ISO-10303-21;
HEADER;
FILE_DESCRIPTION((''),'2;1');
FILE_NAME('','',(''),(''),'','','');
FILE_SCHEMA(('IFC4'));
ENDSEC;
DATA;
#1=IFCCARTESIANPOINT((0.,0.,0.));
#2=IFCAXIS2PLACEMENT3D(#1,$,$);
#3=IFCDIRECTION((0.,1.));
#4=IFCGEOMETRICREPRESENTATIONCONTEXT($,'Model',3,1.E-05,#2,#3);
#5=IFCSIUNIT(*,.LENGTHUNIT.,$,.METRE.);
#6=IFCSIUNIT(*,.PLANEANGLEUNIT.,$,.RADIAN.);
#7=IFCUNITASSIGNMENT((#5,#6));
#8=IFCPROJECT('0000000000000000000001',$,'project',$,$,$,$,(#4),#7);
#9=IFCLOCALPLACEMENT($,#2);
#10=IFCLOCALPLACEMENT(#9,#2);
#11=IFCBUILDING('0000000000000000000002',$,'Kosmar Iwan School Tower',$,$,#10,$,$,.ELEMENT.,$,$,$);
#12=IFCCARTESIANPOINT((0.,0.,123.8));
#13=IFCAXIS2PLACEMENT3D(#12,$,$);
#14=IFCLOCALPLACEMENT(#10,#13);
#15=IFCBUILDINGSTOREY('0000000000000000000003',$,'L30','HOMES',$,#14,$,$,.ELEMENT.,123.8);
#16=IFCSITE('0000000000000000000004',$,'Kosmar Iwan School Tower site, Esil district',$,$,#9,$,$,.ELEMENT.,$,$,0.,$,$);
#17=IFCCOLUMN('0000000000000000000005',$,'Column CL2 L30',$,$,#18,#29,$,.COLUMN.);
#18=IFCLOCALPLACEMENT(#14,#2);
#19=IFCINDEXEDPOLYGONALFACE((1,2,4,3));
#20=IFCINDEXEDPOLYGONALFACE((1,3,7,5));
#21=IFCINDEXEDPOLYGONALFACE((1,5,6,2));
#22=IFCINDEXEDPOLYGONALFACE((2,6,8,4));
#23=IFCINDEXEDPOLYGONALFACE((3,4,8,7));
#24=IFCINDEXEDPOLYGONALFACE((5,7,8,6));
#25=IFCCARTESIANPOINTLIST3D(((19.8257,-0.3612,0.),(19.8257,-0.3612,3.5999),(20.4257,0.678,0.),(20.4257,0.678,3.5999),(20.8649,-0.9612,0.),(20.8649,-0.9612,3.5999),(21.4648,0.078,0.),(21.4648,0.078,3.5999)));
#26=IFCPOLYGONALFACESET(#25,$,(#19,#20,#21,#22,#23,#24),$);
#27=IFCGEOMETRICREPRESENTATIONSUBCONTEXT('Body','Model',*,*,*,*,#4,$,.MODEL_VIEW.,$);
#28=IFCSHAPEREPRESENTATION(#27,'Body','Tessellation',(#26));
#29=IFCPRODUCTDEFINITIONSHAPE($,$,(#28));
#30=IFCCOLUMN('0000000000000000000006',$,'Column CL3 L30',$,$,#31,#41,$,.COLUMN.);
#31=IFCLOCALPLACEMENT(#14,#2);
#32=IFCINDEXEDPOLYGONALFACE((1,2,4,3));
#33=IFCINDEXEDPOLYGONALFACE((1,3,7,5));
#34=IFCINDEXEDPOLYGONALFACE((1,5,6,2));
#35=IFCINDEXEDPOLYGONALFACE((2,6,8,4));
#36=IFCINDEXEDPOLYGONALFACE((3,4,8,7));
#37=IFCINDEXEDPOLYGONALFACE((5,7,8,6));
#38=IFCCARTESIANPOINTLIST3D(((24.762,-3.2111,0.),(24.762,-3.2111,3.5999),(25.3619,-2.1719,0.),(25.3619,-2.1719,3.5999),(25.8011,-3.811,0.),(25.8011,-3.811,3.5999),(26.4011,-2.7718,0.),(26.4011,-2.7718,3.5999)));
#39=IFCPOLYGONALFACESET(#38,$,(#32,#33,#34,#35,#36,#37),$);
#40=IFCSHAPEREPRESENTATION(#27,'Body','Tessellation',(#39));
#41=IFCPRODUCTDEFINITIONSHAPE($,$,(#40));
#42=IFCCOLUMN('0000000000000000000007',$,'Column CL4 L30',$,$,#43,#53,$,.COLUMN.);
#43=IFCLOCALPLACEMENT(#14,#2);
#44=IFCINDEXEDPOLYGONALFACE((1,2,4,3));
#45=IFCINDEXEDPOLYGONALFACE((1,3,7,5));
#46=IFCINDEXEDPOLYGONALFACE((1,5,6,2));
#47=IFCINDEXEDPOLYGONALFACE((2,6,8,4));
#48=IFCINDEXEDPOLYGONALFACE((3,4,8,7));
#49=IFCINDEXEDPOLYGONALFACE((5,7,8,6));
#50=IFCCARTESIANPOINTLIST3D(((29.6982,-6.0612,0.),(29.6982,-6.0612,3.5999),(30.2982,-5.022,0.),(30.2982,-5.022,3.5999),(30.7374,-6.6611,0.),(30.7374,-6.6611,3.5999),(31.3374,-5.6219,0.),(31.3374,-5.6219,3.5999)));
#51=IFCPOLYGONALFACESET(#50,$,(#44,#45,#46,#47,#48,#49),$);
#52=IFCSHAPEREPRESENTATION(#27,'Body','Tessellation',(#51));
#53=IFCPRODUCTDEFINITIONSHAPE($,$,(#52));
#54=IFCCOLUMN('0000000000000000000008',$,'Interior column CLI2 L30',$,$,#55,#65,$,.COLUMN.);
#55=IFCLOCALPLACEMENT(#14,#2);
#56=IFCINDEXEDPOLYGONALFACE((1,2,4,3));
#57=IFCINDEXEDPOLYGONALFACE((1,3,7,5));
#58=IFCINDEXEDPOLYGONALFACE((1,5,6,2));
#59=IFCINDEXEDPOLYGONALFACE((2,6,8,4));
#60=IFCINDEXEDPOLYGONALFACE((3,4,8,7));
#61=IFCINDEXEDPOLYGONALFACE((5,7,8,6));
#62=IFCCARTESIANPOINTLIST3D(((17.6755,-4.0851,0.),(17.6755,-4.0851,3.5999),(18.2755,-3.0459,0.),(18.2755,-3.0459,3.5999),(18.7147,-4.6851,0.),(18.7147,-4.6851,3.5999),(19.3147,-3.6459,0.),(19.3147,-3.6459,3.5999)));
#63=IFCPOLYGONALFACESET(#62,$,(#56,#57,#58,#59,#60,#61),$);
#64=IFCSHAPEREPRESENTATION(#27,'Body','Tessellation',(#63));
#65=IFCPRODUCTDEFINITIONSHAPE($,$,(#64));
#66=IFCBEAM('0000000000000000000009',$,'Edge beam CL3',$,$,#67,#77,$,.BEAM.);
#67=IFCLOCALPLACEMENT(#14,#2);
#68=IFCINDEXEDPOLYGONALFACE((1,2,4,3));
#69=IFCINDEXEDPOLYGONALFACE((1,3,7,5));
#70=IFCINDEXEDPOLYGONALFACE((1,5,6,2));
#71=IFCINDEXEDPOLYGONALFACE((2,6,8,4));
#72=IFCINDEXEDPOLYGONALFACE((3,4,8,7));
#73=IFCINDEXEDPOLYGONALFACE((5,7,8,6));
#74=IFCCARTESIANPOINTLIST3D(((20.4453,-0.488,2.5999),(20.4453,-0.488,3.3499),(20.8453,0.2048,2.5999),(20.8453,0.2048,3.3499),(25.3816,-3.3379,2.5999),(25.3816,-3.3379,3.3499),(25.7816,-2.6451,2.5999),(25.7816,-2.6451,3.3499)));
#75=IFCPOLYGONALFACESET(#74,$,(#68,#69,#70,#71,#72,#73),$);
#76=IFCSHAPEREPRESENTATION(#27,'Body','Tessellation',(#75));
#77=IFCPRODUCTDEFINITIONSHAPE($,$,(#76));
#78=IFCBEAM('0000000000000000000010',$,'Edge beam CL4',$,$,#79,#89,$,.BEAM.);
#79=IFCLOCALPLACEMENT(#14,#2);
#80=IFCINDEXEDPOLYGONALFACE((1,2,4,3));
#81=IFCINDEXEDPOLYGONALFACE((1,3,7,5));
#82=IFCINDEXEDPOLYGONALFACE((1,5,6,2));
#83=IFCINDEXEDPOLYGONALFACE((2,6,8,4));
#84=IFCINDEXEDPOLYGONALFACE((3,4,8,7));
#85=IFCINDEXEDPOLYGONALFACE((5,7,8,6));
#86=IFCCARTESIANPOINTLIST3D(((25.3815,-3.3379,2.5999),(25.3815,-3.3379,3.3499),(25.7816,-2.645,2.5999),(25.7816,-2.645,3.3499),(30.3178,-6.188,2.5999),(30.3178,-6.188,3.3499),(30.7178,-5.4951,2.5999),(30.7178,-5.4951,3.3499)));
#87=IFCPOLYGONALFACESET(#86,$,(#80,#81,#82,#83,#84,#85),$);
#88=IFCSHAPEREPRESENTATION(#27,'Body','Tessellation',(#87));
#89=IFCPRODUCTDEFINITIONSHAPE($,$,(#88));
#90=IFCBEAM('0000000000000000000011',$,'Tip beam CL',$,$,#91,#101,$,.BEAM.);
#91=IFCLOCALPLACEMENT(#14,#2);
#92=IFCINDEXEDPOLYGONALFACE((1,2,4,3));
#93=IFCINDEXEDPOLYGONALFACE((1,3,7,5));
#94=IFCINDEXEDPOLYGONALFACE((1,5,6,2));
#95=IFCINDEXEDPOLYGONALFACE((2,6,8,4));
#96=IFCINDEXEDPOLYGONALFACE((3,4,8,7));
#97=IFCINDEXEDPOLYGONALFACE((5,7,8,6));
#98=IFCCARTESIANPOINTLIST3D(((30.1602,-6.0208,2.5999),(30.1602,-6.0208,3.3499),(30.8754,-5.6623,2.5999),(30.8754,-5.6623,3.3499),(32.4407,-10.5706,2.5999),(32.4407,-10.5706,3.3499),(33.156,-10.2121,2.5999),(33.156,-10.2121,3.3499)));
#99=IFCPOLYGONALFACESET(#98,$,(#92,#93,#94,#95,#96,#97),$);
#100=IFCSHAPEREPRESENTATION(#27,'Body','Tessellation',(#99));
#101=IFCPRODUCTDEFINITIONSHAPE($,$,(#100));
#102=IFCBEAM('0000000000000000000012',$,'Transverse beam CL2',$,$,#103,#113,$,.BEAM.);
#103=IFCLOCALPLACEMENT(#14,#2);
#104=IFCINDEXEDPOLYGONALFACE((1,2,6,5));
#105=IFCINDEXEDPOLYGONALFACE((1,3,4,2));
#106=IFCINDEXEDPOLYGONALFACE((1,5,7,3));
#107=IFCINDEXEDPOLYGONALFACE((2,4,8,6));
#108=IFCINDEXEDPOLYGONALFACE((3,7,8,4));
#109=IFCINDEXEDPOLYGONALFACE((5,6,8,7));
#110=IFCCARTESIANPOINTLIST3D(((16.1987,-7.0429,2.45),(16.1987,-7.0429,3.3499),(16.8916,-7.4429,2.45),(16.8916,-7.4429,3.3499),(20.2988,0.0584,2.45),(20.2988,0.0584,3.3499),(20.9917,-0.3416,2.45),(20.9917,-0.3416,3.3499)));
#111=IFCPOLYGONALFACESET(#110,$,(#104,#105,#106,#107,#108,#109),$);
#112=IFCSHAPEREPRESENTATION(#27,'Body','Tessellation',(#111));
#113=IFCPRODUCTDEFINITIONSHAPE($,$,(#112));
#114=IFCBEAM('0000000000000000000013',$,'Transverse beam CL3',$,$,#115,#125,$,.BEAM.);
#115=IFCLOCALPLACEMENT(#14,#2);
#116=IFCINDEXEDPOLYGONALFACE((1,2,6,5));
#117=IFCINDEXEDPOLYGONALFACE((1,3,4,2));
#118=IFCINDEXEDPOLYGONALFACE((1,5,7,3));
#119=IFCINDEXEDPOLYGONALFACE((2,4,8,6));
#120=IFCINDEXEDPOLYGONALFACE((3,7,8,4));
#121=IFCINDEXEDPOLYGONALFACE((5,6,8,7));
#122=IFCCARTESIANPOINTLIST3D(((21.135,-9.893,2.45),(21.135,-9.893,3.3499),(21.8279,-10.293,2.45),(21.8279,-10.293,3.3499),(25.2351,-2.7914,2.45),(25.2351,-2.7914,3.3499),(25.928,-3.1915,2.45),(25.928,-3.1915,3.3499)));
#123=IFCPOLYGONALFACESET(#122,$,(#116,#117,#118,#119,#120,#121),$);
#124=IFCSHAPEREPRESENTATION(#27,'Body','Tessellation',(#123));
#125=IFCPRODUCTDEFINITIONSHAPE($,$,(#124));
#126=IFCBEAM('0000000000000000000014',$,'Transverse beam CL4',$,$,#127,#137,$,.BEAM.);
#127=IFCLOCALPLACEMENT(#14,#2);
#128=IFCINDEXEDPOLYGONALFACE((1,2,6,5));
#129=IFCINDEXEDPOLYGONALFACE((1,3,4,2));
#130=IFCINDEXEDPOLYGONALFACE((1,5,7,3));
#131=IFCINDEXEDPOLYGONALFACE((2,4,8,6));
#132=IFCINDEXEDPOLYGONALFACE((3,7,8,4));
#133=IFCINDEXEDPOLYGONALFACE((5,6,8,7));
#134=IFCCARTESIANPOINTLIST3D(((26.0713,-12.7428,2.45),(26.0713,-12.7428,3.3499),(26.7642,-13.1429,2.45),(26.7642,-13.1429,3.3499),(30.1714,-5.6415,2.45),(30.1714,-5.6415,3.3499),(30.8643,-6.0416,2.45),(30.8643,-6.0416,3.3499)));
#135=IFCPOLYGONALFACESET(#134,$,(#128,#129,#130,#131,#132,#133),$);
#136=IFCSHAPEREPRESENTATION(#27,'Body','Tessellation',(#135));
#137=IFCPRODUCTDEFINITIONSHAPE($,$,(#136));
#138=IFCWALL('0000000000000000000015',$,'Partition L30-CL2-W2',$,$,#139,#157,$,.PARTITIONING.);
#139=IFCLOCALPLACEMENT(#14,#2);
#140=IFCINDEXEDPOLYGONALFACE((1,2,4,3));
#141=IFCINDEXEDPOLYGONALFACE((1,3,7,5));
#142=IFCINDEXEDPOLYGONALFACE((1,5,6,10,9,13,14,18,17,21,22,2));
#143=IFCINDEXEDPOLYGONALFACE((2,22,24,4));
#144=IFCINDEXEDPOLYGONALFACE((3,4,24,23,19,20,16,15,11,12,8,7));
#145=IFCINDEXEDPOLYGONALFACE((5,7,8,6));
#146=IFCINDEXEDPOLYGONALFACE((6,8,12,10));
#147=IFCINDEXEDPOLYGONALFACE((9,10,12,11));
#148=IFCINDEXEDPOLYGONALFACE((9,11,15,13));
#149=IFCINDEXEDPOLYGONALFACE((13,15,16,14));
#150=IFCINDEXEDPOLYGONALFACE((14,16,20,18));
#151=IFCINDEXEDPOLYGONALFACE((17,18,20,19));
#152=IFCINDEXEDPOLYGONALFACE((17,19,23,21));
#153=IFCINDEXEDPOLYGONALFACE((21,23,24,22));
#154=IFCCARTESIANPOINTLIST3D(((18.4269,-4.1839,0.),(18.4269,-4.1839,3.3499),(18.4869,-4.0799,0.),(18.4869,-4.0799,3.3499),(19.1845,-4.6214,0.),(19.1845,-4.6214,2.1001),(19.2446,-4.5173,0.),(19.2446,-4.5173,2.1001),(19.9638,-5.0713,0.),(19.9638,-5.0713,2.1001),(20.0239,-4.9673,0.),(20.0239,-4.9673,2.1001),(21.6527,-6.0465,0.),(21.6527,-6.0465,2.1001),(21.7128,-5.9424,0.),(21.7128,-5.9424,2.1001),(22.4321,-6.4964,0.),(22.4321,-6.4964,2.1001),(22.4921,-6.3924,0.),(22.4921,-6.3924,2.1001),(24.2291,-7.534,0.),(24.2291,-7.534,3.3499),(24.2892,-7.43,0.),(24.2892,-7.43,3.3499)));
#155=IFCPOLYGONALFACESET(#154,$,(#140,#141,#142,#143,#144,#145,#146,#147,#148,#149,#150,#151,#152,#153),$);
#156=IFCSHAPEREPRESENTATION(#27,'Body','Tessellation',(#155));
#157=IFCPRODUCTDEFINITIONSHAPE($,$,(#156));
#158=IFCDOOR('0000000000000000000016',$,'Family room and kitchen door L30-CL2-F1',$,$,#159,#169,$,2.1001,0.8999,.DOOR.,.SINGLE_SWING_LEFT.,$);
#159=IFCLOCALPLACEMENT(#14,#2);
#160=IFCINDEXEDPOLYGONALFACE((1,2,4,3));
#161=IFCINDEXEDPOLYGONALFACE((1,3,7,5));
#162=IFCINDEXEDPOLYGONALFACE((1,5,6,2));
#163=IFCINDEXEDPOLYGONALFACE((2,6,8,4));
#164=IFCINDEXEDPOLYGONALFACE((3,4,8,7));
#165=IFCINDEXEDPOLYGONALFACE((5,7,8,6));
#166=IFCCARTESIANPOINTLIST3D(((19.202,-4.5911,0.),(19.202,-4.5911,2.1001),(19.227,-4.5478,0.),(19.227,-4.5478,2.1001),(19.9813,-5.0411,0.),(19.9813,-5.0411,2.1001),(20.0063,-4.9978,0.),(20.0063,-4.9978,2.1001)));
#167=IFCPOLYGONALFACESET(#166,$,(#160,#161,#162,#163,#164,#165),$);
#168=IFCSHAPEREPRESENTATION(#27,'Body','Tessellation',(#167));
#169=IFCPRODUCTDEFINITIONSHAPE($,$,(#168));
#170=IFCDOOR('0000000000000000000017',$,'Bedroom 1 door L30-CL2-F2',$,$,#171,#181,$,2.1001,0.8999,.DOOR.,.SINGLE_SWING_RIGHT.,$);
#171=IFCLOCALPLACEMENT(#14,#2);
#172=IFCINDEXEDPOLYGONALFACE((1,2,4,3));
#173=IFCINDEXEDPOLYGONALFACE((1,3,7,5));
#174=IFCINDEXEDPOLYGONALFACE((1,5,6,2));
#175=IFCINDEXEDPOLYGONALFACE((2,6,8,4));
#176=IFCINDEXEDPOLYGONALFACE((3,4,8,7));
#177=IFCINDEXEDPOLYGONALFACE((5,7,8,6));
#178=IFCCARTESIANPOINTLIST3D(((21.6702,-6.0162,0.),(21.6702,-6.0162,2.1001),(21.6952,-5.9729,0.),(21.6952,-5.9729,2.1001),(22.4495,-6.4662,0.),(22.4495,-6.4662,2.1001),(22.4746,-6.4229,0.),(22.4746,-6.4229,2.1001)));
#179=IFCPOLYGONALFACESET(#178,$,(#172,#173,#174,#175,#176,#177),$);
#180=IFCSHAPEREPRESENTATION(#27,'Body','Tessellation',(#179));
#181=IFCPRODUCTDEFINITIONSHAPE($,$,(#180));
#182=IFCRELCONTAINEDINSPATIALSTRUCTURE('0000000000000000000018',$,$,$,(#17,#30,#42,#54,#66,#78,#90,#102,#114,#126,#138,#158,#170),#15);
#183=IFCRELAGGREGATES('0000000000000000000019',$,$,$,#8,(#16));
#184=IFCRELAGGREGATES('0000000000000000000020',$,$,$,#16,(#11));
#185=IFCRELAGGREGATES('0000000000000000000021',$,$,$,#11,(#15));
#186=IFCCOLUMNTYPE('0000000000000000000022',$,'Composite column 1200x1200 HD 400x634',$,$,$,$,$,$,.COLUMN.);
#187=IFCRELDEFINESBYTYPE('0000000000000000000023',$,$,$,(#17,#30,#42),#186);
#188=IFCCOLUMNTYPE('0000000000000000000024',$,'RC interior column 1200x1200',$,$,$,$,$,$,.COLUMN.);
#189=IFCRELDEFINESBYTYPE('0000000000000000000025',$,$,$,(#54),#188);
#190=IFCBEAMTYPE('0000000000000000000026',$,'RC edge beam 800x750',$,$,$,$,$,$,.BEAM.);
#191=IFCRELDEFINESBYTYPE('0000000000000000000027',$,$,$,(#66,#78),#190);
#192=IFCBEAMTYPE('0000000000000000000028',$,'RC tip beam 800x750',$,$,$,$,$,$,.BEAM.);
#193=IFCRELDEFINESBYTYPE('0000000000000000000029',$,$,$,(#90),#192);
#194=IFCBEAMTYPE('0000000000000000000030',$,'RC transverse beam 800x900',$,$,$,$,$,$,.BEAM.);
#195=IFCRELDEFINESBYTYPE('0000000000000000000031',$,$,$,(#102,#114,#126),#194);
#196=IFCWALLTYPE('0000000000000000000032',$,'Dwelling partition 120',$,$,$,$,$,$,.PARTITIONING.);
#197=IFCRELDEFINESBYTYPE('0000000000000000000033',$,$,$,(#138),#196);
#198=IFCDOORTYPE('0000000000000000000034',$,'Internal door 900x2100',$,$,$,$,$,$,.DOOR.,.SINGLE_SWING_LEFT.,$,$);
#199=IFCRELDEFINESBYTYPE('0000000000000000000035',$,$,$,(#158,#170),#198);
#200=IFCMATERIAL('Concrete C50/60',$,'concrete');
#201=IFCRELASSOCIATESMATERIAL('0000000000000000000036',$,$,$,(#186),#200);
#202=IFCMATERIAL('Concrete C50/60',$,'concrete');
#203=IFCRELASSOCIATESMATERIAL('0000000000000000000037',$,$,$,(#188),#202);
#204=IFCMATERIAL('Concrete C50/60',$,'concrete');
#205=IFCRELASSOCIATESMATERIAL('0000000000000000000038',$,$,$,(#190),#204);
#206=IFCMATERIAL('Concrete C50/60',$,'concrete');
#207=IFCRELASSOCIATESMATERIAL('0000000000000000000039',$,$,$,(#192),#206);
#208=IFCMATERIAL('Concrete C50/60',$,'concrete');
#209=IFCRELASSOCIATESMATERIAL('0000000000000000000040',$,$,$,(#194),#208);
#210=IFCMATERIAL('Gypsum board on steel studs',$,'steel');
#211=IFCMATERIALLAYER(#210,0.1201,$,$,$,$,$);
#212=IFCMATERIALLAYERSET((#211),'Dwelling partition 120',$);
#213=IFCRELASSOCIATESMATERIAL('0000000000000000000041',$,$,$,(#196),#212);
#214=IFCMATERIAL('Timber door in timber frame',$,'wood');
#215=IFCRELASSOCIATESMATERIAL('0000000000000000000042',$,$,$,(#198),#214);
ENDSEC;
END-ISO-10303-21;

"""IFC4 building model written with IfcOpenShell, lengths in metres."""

from ifc_helpers import new_model, si_unit, direction, frame, frame_2d, origin, origin_2d, place, context, subcontext, project, spatial, rectangle, extrude, material, layer, layer_set, material_profile, profile_set, type_object, element, fill, save


model = new_model("IFC4")

# Units and contexts
model_context = context("Model", 3, precision=1e-05, world=origin(), true_north=direction((0.0, 1.0)))
body_context = subcontext(model_context, "Body", "Model", "MODEL_VIEW")
ifc_project = project(units=[si_unit("LENGTHUNIT", "METRE"), si_unit("PLANEANGLEUNIT", "RADIAN")], contexts=[model_context])

# Site, building, storey
site_placement = place(None, origin())
site = spatial("IfcSite", under=ifc_project, at=site_placement, Name="Kosmar Iwan School Tower site, Esil district", CompositionType="ELEMENT", RefElevation=0.0)
building_placement = place(site_placement, origin())
building = spatial("IfcBuilding", under=site, at=building_placement, Name="Kosmar Iwan School Tower", CompositionType="ELEMENT")
storey_placement = place(building_placement, frame((0.0, 0.0, 123.8)))
storey = spatial("IfcBuildingStorey", under=building, at=storey_placement, Name="L30", Description="HOMES", CompositionType="ELEMENT", Elevation=123.8)

# Columns
ifc_material_1 = material(Name="Concrete C50/60", Category="concrete")
ifc_material_profile_1 = material_profile(ifc_material_1, rectangle(XDim=1.2, YDim=1.2, at=origin_2d()), Name="RC 1200x1200 + HD 400x634")
ifc_profile_set_1 = profile_set([ifc_material_profile_1], Name="Concrete C50/60")
column_type_1 = type_object("IfcColumnType", Name="Composite column 1200x1200 HD 400x634", PredefinedType="COLUMN", material=ifc_profile_set_1)
for number, where, z_axis, x_axis, name in (
    (1, (20.6453, -0.1416, 0.0), (0.0, 0.0, 1.0), (0.866025, -0.5, 0.0), "Column CL2 L30"),
    (2, (25.5815, -2.9915, 0.0), (0.0, 0.0, 1.0), (0.866025, -0.5, 0.0), "Column CL3 L30"),
    (3, (30.5178, -5.8416, 0.0), (0.0, 0.0, 1.0), (0.866025, -0.5, 0.0), "Column CL4 L30"),
):
    element("IfcColumn", number, at=place(storey_placement, frame(where, z_axis=z_axis, x_axis=x_axis)), inside=storey, type_object=column_type_1, Name=name, PredefinedType="COLUMN", context=body_context, shape_type="SweptSolid", body=[
        extrude(rectangle(XDim=1.2, YDim=1.2, at=origin_2d()), origin(), (0.0, 0.0, 1.0), 3.5999),
    ])
ifc_material_2 = material(Name="Concrete C50/60", Category="concrete")
ifc_material_profile_2 = material_profile(ifc_material_2, rectangle(XDim=1.2, YDim=1.2, at=origin_2d()), Name="RC 1200x1200")
ifc_profile_set_2 = profile_set([ifc_material_profile_2], Name="Concrete C50/60")
column_type_2 = type_object("IfcColumnType", Name="RC interior column 1200x1200", PredefinedType="COLUMN", material=ifc_profile_set_2)
column_placement = place(storey_placement, frame((18.4951, -3.8655, 0.0), z_axis=(0.0, 0.0, 1.0), x_axis=(0.866025, -0.5, 0.0)))
element("IfcColumn", 4, at=column_placement, inside=storey, type_object=column_type_2, Name="Interior column CLI2 L30", PredefinedType="COLUMN", context=body_context, shape_type="SweptSolid", body=[
    extrude(rectangle(XDim=1.2, YDim=1.2, at=origin_2d()), origin(), (0.0, 0.0, 1.0), 3.5999),
])

# Beams
ifc_material_3 = material(Name="Concrete C50/60", Category="concrete")
ifc_material_profile_3 = material_profile(ifc_material_3, rectangle(XDim=0.8, YDim=0.75, at=origin_2d()), Name="RC 800x750")
ifc_profile_set_3 = profile_set([ifc_material_profile_3], Name="Concrete C50/60")
beam_type_1 = type_object("IfcBeamType", Name="RC edge beam 800x750", PredefinedType="BEAM", material=ifc_profile_set_3)
for number, where, z_axis, x_axis, name in (
    (5, (20.6453, -0.1416, 2.9749), (0.866034, -0.499986, 0.0), (0.499986, 0.866034, 0.0), "Edge beam CL3"),
    (6, (25.5815, -2.9915, 2.9749), (0.866015, -0.500018, 0.0), (0.500018, 0.866015, 0.0), "Edge beam CL4"),
):
    element("IfcBeam", number, at=place(storey_placement, frame(where, z_axis=z_axis, x_axis=x_axis)), inside=storey, type_object=beam_type_1, Name=name, PredefinedType="BEAM", context=body_context, shape_type="SweptSolid", body=[
        extrude(rectangle(XDim=0.8, YDim=0.75, at=origin_2d()), origin(), (0.0, 0.0, 1.0), 5.7),
    ])
ifc_material_4 = material(Name="Concrete C50/60", Category="concrete")
ifc_material_profile_4 = material_profile(ifc_material_4, rectangle(XDim=0.8, YDim=0.75, at=origin_2d()), Name="RC 800x750")
ifc_profile_set_4 = profile_set([ifc_material_profile_4], Name="Concrete C50/60")
beam_type_2 = type_object("IfcBeamType", Name="RC tip beam 800x750", PredefinedType="BEAM", material=ifc_profile_set_4)
beam_1_placement = place(storey_placement, frame((30.5178, -5.8416, 2.9749), z_axis=(0.448096, -0.893985, 0.0), x_axis=(0.893985, 0.448096, 0.0)))
element("IfcBeam", 7, at=beam_1_placement, inside=storey, type_object=beam_type_2, Name="Tip beam CL", PredefinedType="BEAM", context=body_context, shape_type="SweptSolid", body=[
    extrude(rectangle(XDim=0.8, YDim=0.75, at=origin_2d()), origin(), (0.0, 0.0, 1.0), 5.0894),
])
ifc_material_5 = material(Name="Concrete C50/60", Category="concrete")
ifc_material_profile_5 = material_profile(ifc_material_5, rectangle(XDim=0.8, YDim=0.8999, at=origin_2d()), Name="RC 800x900")
ifc_profile_set_5 = profile_set([ifc_material_profile_5], Name="Concrete C50/60")
beam_type_3 = type_object("IfcBeamType", Name="RC transverse beam 800x900", PredefinedType="BEAM", material=ifc_profile_set_5)
beam_2_placement = place(storey_placement, frame((20.6453, -0.1416, 2.8999), z_axis=(-0.500014, -0.866018, 0.0), x_axis=(0.866018, -0.500014, 0.0)))
element("IfcBeam", 8, at=beam_2_placement, inside=storey, type_object=beam_type_3, Name="Transverse beam CL2", PredefinedType="BEAM", context=body_context, shape_type="SweptSolid", body=[
    extrude(rectangle(XDim=0.8, YDim=0.8999, at=origin_2d()), origin(), (0.0, 0.0, 1.0), 8.2),
])
beam_3_placement = place(storey_placement, frame((25.5815, -2.9915, 2.8999), z_axis=(-0.500001, -0.866025, 0.0), x_axis=(0.866025, -0.500001, 0.0)))
element("IfcBeam", 9, at=beam_3_placement, inside=storey, type_object=beam_type_3, Name="Transverse beam CL3", PredefinedType="BEAM", context=body_context, shape_type="SweptSolid", body=[
    extrude(rectangle(XDim=0.8, YDim=0.8999, at=origin_2d()), origin(), (0.0, 0.0, 1.0), 8.2002),
])
beam_4_placement = place(storey_placement, frame((30.5178, -5.8416, 2.8999), z_axis=(-0.500014, -0.866018, 0.0), x_axis=(0.866018, -0.500014, 0.0)))
element("IfcBeam", 10, at=beam_4_placement, inside=storey, type_object=beam_type_3, Name="Transverse beam CL4", PredefinedType="BEAM", context=body_context, shape_type="SweptSolid", body=[
    extrude(rectangle(XDim=0.8, YDim=0.8999, at=origin_2d()), origin(), (0.0, 0.0, 1.0), 8.2),
])

# Wall, openings, doors
ifc_material_6 = material(Name="Gypsum board on steel studs", Category="steel")
ifc_layer_1 = layer(ifc_material_6, 0.1201)
ifc_layer_set_1 = layer_set([ifc_layer_1], Name="Dwelling partition 120")
wall_type_1 = type_object("IfcWallType", Name="Dwelling partition 120", PredefinedType="PARTITIONING", material=ifc_layer_set_1)
wall_1_placement = place(storey_placement, frame((18.4568, -4.1318, 0.0), z_axis=(0.0, 0.0, 1.0), x_axis=(0.866014, -0.500019, 0.0)))
wall_1 = element("IfcWall", 11, at=wall_1_placement, inside=storey, type_object=wall_type_1, Name="Partition L30-CL2-W2", PredefinedType="PARTITIONING", context=body_context, shape_type="SweptSolid", body=[
    extrude(rectangle(XDim=6.7, YDim=0.1201, at=frame_2d((3.3501, 0.0))), origin(), (0.0, 0.0, 1.0), 3.3499),
])
opening_1_placement = place(wall_1_placement, frame((0.875, 0.0, 0.0)))
opening_1 = element("IfcOpeningElement", 12, at=opening_1_placement, cuts=wall_1, PredefinedType="OPENING", context=body_context, shape_type="SweptSolid", body=[
    extrude(rectangle(XDim=0.8999, YDim=2.1001, at=frame_2d((0.45, 1.05))), frame((0.0, 0.072, 0.0), z_axis=(0.0, -1.0, 0.0), x_axis=(1.0, 0.0, 0.0)), (0.0, 0.0, 1.0), 0.144),
])
opening_2_placement = place(wall_1_placement, frame((3.7251, 0.0, 0.0)))
opening_2 = element("IfcOpeningElement", 13, at=opening_2_placement, cuts=wall_1, PredefinedType="OPENING", context=body_context, shape_type="SweptSolid", body=[
    extrude(rectangle(XDim=0.8999, YDim=2.1001, at=frame_2d((0.45, 1.05))), frame((0.0, 0.072, 0.0), z_axis=(0.0, -1.0, 0.0), x_axis=(1.0, 0.0, 0.0)), (0.0, 0.0, 1.0), 0.144),
])
ifc_material_7 = material(Name="Timber door in timber frame", Category="wood")
door_type = type_object("IfcDoorType", Name="Internal door 900x2100", OperationType="SINGLE_SWING_LEFT", PredefinedType="DOOR", material=ifc_material_7)
door_1_placement = place(opening_1_placement, origin())
door_1 = element("IfcDoor", 14, at=door_1_placement, inside=storey, type_object=door_type, Name="Family room and kitchen door L30-CL2-F1", OperationType="SINGLE_SWING_LEFT", OverallHeight=2.1001, OverallWidth=0.8999, PredefinedType="DOOR", context=body_context, shape_type="SweptSolid", body=[
    extrude(rectangle(XDim=0.8999, YDim=2.1001, at=frame_2d((0.45, 1.05))), frame((0.0, 0.0249, 0.0), z_axis=(0.0, -1.0, 0.0), x_axis=(1.0, 0.0, 0.0)), (0.0, 0.0, 1.0), 0.05),
])
fill(opening_1, door_1)
door_2_placement = place(opening_2_placement, origin())
door_2 = element("IfcDoor", 15, at=door_2_placement, inside=storey, type_object=door_type, Name="Bedroom 1 door L30-CL2-F2", OperationType="SINGLE_SWING_RIGHT", OverallHeight=2.1001, OverallWidth=0.8999, PredefinedType="DOOR", context=body_context, shape_type="SweptSolid", body=[
    extrude(rectangle(XDim=0.8999, YDim=2.1001, at=frame_2d((0.45, 1.05))), frame((0.0, 0.0249, 0.0), z_axis=(0.0, -1.0, 0.0), x_axis=(1.0, 0.0, 0.0)), (0.0, 0.0, 1.0), 0.05),
])
fill(opening_2, door_2)

save(model, "model.ifc")
